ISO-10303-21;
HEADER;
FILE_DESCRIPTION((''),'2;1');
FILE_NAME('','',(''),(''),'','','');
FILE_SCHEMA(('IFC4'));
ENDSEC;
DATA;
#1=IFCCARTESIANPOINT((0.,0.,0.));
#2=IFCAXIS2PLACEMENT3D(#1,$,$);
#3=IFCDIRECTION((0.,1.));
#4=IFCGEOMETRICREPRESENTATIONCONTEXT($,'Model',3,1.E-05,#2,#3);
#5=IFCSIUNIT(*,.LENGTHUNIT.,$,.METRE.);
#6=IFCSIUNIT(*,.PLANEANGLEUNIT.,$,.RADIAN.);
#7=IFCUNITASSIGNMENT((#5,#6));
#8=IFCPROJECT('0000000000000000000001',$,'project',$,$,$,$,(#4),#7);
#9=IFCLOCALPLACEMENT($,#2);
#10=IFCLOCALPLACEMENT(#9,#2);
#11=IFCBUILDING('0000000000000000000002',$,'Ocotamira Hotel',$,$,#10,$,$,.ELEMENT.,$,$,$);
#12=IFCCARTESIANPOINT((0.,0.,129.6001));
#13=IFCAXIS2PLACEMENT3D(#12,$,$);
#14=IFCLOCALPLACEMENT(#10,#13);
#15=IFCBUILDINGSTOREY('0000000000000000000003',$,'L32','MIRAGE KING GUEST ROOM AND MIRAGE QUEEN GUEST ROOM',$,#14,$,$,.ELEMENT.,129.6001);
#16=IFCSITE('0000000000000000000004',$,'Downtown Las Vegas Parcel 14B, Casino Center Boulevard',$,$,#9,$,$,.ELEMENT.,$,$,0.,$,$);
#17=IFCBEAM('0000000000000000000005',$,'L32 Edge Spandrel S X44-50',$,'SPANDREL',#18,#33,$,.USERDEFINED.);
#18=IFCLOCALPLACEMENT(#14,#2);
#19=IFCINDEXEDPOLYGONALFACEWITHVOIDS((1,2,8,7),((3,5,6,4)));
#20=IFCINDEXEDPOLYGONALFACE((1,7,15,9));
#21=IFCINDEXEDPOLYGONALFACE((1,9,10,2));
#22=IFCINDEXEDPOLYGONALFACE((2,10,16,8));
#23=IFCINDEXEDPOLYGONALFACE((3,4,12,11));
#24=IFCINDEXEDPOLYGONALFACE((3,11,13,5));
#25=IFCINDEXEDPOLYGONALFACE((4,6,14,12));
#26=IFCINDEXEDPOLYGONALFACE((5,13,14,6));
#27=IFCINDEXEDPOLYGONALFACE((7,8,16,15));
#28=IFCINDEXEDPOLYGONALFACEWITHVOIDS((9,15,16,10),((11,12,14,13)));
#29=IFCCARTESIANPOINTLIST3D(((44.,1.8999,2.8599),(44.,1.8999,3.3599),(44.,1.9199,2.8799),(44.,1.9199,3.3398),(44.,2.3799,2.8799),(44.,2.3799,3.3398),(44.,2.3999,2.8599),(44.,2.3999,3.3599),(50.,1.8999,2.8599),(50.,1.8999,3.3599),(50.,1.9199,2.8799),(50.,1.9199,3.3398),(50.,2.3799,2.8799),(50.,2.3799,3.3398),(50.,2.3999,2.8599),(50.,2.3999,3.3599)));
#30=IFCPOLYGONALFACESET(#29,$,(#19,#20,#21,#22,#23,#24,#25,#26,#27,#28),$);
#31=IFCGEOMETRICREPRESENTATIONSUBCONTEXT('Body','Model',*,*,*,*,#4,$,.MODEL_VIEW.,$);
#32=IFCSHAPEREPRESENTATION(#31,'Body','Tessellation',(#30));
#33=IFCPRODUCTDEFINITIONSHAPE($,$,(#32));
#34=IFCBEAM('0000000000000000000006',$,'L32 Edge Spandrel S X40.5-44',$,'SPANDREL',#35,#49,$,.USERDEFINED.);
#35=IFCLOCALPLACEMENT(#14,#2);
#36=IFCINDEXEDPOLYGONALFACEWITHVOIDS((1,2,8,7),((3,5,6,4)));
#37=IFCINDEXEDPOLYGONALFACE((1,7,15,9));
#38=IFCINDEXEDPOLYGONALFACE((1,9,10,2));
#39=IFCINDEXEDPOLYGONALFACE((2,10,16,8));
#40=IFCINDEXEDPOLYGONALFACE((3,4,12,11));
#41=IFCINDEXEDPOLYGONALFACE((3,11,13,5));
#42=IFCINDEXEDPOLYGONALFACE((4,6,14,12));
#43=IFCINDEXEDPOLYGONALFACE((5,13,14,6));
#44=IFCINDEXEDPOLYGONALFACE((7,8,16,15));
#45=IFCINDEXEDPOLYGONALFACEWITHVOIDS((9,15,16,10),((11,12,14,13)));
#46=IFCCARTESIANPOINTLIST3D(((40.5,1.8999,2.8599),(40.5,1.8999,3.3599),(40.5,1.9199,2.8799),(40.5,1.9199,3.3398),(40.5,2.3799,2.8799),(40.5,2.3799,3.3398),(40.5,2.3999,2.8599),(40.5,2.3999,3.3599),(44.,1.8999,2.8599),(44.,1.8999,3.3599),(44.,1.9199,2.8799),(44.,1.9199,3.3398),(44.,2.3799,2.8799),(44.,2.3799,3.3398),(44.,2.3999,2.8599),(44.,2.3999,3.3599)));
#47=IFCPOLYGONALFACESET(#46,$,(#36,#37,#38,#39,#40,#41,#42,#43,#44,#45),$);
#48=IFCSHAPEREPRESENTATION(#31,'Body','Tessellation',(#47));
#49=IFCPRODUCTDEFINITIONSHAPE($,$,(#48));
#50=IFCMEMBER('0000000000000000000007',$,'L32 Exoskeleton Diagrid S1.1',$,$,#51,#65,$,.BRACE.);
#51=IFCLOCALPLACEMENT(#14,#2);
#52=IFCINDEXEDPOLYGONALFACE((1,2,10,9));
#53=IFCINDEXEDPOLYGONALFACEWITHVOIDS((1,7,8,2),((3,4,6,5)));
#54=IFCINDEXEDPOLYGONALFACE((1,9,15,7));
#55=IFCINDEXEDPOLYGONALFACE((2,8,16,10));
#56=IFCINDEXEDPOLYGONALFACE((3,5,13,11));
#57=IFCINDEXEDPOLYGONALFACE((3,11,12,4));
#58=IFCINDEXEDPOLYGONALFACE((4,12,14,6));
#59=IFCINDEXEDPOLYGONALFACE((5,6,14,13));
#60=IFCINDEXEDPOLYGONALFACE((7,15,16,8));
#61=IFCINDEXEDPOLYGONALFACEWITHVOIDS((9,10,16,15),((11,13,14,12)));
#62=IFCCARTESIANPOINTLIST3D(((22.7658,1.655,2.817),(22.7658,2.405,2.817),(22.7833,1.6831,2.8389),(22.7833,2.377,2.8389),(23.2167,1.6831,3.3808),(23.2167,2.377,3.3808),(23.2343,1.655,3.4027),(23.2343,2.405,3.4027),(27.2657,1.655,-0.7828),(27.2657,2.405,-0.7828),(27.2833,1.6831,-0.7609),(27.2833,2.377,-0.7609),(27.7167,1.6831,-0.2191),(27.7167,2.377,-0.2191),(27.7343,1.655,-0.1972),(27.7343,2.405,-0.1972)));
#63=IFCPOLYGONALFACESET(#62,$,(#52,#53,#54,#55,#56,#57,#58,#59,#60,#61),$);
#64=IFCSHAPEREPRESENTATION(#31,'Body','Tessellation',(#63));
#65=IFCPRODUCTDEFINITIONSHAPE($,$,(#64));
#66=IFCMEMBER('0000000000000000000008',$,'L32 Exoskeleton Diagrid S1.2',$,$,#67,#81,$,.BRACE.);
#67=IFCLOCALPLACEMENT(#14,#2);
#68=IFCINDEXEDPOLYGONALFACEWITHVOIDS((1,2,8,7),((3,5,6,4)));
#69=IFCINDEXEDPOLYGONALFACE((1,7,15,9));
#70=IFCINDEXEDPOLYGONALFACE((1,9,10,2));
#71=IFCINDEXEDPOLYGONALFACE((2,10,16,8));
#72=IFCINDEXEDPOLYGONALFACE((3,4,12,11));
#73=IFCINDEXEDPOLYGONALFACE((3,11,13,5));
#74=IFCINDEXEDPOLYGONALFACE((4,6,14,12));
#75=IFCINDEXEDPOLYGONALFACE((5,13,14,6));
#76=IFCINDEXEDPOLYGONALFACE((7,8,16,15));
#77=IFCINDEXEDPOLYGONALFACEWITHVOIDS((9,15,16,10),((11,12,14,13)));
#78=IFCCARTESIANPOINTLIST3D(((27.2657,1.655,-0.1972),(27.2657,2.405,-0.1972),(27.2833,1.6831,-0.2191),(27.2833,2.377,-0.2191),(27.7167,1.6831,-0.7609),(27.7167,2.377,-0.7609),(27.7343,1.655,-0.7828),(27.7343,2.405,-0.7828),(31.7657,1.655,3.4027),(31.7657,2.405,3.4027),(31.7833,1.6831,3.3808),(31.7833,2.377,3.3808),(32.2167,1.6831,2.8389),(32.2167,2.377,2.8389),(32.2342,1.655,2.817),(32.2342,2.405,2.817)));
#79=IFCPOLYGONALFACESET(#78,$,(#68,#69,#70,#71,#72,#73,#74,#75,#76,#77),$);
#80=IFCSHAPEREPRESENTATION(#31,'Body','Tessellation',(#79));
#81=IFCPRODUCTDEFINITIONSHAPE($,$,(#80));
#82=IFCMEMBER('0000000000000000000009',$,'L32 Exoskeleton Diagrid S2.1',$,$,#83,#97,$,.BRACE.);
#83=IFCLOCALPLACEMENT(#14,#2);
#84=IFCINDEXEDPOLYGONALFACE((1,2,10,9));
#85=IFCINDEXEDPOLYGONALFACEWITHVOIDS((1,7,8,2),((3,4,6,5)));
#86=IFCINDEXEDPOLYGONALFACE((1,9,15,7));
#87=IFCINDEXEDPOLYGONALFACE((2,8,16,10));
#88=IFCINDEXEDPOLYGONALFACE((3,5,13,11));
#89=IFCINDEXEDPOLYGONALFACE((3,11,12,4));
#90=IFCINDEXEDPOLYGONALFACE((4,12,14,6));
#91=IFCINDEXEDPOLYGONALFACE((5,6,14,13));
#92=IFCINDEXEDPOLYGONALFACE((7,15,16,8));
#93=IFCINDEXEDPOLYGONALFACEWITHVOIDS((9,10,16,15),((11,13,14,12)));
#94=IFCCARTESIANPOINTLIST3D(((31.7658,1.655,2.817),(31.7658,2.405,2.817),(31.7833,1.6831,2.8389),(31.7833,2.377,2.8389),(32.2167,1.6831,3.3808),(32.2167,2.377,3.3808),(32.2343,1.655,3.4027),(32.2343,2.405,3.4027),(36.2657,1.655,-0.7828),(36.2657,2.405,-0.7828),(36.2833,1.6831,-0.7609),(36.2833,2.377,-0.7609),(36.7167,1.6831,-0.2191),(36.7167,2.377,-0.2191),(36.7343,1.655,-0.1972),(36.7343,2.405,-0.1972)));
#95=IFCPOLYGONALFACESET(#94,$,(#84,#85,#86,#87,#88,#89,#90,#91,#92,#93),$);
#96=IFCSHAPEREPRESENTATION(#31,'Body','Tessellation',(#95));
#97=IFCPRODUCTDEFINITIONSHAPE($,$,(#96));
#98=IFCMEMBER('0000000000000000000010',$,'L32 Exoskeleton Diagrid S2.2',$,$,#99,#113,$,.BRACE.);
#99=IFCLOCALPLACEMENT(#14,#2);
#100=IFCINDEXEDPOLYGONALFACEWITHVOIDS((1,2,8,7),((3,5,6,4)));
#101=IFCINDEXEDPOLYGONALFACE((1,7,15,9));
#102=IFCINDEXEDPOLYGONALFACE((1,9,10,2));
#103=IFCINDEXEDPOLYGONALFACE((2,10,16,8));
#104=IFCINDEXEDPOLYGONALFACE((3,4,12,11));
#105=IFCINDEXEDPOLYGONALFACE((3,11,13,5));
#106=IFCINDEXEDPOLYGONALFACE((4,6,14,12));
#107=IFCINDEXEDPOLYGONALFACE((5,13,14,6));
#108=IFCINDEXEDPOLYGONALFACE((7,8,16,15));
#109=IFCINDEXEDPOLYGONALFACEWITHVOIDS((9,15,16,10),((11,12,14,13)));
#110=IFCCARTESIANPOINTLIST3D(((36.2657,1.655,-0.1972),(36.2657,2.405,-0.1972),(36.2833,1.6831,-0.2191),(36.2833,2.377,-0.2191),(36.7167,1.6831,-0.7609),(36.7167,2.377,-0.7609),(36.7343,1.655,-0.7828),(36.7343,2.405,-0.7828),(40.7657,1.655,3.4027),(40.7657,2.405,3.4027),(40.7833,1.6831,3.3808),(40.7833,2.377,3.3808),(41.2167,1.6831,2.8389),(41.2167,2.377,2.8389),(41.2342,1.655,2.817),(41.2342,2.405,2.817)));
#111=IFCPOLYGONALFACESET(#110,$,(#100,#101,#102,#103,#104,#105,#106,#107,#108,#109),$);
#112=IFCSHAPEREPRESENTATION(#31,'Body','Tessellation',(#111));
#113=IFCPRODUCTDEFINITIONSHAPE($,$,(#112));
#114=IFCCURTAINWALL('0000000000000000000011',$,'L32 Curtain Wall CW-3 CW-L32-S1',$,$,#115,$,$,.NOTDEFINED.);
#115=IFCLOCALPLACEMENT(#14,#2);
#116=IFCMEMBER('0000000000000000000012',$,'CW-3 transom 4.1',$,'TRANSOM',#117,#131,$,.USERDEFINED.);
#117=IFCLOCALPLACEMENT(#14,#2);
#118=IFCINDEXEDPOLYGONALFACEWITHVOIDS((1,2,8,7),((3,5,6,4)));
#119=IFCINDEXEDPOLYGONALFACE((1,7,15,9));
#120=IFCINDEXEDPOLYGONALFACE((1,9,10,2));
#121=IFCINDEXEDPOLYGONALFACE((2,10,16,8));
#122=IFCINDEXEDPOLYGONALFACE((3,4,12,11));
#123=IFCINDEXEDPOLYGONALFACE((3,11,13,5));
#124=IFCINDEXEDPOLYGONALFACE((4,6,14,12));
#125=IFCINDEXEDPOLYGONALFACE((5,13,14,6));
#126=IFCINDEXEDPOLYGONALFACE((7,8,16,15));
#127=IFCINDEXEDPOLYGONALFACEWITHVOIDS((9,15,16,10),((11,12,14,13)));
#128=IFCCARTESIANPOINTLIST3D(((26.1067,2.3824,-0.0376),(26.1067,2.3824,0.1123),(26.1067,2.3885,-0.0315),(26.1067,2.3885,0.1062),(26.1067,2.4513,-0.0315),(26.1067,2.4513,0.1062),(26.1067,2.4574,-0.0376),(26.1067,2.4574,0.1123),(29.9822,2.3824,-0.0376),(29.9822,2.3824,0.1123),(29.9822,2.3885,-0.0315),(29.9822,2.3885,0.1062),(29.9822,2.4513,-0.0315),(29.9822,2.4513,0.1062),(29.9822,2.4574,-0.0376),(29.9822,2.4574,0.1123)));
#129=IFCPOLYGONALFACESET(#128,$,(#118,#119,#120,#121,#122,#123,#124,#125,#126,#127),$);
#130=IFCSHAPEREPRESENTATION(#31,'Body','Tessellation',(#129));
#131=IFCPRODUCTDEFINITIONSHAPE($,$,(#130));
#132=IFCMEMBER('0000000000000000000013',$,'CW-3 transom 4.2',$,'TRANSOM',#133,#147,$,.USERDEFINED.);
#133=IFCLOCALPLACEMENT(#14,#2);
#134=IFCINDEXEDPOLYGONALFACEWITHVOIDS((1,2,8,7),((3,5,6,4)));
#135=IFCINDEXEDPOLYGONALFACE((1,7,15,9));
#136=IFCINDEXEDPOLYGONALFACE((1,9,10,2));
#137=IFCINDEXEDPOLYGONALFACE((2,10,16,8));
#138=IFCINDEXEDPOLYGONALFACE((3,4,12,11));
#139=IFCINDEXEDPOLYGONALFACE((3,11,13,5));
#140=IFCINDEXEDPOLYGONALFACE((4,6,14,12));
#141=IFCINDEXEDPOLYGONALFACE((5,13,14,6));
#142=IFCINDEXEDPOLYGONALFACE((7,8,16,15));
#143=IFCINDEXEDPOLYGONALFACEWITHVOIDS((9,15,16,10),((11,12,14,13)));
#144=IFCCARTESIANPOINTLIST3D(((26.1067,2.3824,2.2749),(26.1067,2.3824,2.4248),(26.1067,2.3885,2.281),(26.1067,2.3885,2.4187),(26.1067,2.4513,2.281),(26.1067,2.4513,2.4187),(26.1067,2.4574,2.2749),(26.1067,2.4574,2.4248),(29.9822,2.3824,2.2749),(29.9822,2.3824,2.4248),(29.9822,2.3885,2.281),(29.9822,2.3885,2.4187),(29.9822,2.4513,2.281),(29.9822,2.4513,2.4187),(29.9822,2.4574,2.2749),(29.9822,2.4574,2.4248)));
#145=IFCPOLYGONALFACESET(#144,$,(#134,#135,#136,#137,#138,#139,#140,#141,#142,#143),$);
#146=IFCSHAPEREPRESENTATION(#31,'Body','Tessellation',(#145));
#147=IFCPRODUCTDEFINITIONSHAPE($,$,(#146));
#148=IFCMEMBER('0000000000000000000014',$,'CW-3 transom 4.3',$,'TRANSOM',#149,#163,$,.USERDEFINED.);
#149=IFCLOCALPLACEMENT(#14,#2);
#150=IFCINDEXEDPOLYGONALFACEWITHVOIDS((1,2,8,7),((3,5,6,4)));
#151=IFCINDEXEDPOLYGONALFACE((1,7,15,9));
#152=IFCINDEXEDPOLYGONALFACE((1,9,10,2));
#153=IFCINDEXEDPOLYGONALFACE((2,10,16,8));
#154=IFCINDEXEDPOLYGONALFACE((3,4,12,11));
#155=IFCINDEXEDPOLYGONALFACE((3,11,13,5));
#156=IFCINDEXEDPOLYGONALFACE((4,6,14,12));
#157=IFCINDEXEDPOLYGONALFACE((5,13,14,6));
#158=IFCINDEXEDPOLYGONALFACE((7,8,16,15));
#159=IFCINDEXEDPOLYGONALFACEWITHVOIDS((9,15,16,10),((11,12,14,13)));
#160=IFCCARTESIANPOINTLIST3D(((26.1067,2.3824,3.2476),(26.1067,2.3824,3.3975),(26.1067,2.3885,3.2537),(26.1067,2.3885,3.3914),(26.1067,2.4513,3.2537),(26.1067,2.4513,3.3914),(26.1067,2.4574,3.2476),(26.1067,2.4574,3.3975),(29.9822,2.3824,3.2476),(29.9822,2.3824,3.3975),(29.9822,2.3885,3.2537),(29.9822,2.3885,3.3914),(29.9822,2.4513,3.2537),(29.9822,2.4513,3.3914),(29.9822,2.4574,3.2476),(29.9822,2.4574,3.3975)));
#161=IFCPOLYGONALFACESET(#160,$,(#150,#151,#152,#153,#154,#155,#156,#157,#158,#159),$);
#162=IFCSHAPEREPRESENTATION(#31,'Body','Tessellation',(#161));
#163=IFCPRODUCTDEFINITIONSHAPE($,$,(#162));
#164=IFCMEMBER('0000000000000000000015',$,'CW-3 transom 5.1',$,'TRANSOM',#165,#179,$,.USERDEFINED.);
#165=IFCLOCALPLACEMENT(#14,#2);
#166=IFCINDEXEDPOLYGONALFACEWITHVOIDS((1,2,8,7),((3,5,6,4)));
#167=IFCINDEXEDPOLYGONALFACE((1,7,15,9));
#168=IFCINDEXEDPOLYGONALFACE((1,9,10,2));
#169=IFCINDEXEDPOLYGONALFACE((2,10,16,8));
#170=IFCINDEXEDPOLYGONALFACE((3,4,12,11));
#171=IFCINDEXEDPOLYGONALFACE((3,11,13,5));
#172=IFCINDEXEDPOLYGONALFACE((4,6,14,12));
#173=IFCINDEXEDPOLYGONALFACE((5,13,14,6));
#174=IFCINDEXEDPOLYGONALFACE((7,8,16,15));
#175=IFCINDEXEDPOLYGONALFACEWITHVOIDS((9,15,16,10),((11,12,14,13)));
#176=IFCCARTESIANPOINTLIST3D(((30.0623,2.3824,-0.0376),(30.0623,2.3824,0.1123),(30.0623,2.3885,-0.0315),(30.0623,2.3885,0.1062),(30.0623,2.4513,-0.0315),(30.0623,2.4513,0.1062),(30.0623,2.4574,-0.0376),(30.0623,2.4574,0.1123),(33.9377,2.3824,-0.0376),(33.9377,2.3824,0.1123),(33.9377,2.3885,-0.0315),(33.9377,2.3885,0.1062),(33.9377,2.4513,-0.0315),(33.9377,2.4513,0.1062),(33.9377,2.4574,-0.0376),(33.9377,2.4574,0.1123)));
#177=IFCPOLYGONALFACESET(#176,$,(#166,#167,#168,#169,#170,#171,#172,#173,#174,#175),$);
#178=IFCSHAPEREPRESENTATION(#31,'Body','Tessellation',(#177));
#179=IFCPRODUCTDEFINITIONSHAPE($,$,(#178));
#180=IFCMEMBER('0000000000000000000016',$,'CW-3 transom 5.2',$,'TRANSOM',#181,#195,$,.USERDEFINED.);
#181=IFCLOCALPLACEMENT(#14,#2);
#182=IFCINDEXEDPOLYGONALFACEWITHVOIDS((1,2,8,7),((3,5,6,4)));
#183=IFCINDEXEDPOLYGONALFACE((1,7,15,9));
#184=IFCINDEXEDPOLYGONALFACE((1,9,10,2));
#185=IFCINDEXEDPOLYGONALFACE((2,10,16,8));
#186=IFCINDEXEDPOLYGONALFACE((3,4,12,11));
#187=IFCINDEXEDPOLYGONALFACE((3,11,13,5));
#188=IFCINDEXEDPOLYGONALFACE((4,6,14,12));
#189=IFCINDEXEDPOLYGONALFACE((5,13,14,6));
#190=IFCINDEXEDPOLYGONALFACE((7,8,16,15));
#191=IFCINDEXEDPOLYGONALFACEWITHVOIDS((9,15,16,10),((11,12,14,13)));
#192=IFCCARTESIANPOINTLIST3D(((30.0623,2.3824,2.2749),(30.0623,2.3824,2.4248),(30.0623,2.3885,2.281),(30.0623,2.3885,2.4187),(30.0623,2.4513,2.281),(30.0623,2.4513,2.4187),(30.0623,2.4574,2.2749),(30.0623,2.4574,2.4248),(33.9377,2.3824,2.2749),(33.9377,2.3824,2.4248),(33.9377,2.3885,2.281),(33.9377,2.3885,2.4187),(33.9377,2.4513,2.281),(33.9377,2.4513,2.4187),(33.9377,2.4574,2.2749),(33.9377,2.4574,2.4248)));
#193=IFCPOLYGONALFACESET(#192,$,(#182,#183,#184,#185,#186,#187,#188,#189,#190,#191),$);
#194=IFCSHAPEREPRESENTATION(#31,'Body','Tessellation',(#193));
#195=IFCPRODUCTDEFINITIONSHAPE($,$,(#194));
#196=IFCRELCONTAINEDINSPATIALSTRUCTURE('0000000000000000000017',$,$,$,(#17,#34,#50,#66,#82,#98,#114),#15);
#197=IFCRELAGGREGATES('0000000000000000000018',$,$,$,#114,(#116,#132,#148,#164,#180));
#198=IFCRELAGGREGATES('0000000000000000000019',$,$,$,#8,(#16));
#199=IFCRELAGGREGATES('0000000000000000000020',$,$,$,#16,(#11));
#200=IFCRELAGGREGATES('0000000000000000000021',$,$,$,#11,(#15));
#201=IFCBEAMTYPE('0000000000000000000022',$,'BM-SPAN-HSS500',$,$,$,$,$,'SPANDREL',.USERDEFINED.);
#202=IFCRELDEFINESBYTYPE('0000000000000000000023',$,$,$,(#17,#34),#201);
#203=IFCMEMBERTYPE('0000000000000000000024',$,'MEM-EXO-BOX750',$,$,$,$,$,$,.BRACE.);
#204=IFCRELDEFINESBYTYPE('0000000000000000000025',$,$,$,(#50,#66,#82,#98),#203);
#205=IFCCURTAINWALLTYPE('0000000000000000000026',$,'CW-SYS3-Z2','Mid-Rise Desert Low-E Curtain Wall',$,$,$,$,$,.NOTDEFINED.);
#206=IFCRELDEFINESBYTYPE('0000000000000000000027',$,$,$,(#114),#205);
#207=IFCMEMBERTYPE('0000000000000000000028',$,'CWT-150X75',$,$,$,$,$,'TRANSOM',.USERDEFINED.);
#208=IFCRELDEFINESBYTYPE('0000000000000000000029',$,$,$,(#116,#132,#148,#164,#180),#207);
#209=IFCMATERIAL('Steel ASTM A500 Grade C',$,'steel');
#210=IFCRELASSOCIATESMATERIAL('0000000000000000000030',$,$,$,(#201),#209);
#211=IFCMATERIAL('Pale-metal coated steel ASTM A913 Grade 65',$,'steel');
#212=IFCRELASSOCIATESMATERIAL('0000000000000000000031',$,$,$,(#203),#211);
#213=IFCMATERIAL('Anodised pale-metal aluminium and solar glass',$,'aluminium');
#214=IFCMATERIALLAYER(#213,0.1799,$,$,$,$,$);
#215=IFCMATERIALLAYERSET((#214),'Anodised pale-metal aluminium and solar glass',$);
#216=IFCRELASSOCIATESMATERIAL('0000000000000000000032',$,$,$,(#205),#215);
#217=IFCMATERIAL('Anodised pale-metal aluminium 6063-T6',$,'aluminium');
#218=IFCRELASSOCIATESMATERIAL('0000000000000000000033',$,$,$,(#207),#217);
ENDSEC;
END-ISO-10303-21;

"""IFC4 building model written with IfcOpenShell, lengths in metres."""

from ifc_helpers import new_model, si_unit, direction, frame, origin, origin_2d, place, context, subcontext, project, spatial, hollow_rectangle, extrude, source, transform, mapped, material, layer, layer_set, material_profile, profile_set, type_object, element, aggregate, save


model = new_model("IFC4")

# Units and contexts
model_context = context("Model", 3, precision=1e-05, world=origin(), true_north=direction((0.0, 1.0)))
body_context = subcontext(model_context, "Body", "Model", "MODEL_VIEW")
ifc_project = project(units=[si_unit("LENGTHUNIT", "METRE"), si_unit("PLANEANGLEUNIT", "RADIAN")], contexts=[model_context])

# Site, building, storey
site_placement = place(None, origin())
site = spatial("IfcSite", under=ifc_project, at=site_placement, Name="Downtown Las Vegas Parcel 14B, Casino Center Boulevard", CompositionType="ELEMENT", RefElevation=0.0)
building_placement = place(site_placement, origin())
building = spatial("IfcBuilding", under=site, at=building_placement, Name="Ocotamira Hotel", CompositionType="ELEMENT")
storey_placement = place(building_placement, frame((0.0, 0.0, 129.6001)))
storey = spatial("IfcBuildingStorey", under=building, at=storey_placement, Name="L32", Description="MIRAGE KING GUEST ROOM AND MIRAGE QUEEN GUEST ROOM", CompositionType="ELEMENT", Elevation=129.6001)

# Beams
ifc_material_1 = material(Name="Steel ASTM A500 Grade C", Category="steel")
ifc_material_profile_1 = material_profile(ifc_material_1, hollow_rectangle(XDim=0.5, YDim=0.5, WallThickness=0.02, at=origin_2d()), Name="HSS500X500X20")
ifc_profile_set_1 = profile_set([ifc_material_profile_1], Name="Steel ASTM A500 Grade C")
beam_type = type_object("IfcBeamType", Name="BM-SPAN-HSS500", ElementType="SPANDREL", PredefinedType="USERDEFINED", material=ifc_profile_set_1)
shared_shape_1 = source(origin(), body_context, "Body", "SweptSolid", [
    extrude(hollow_rectangle(XDim=0.5, YDim=0.5, WallThickness=0.02, at=origin_2d()), origin(), (0.0, 0.0, 1.0), 6.0),
])
beam_1_placement = place(storey_placement, frame((44.0, 2.1499, 3.1099), z_axis=(1.0, 0.0, 0.0), x_axis=(0.0, 1.0, 0.0)))
element("IfcBeam", 1, at=beam_1_placement, inside=storey, type_object=beam_type, Name="L32 Edge Spandrel S X44-50", ObjectType="SPANDREL", PredefinedType="USERDEFINED", context=body_context, shape_type="MappedRepresentation", body=[
    mapped(shared_shape_1, transform((0.0, 0.0, 0.0), scale=1.0)),
])
shared_shape_2 = source(origin(), body_context, "Body", "SweptSolid", [
    extrude(hollow_rectangle(XDim=0.5, YDim=0.5, WallThickness=0.02, at=origin_2d()), origin(), (0.0, 0.0, 1.0), 3.5),
])
beam_2_placement = place(storey_placement, frame((40.5, 2.1499, 3.1099), z_axis=(1.0, 0.0, 0.0), x_axis=(0.0, 1.0, 0.0)))
element("IfcBeam", 2, at=beam_2_placement, inside=storey, type_object=beam_type, Name="L32 Edge Spandrel S X40.5-44", ObjectType="SPANDREL", PredefinedType="USERDEFINED", context=body_context, shape_type="MappedRepresentation", body=[
    mapped(shared_shape_2, transform((0.0, 0.0, 0.0), scale=1.0)),
])

# Members
ifc_material_2 = material(Name="Pale-metal coated steel ASTM A913 Grade 65", Category="steel")
ifc_material_profile_2 = material_profile(ifc_material_2, hollow_rectangle(XDim=0.75, YDim=0.75, WallThickness=0.0281, at=origin_2d()), Name="BOX750X750X28")
ifc_profile_set_2 = profile_set([ifc_material_profile_2], Name="Pale-metal coated steel ASTM A913 Grade 65")
member_type_1 = type_object("IfcMemberType", Name="MEM-EXO-BOX750", PredefinedType="BRACE", material=ifc_profile_set_2)
shared_shape_3 = source(origin(), body_context, "Body", "SweptSolid", [
    extrude(hollow_rectangle(XDim=0.75, YDim=0.75, WallThickness=0.0281, at=origin_2d()), origin(), (0.0, 0.0, 1.0), 5.7627),
])
for number, where, z_axis, x_axis, name in (
    (3, (27.5, 2.03, -0.49), (-0.780881, 0.0, 0.62468), (0.0, -1.0, 0.0), "L32 Exoskeleton Diagrid S1.1"),
    (4, (27.5, 2.03, -0.49), (0.780881, 0.0, 0.62468), (0.0, 1.0, 0.0), "L32 Exoskeleton Diagrid S1.2"),
    (5, (36.5, 2.03, -0.49), (-0.780881, 0.0, 0.62468), (0.0, -1.0, 0.0), "L32 Exoskeleton Diagrid S2.1"),
    (6, (36.5, 2.03, -0.49), (0.780881, 0.0, 0.62468), (0.0, 1.0, 0.0), "L32 Exoskeleton Diagrid S2.2"),
):
    element("IfcMember", number, at=place(storey_placement, frame(where, z_axis=z_axis, x_axis=x_axis)), inside=storey, type_object=member_type_1, Name=name, PredefinedType="BRACE", context=body_context, shape_type="MappedRepresentation", body=[
        mapped(shared_shape_3, transform((0.0, 0.0, 0.0), scale=1.0)),
    ])

# Curtain wall, members
ifc_material_3 = material(Name="Anodised pale-metal aluminium and solar glass", Category="aluminium")
ifc_layer_1 = layer(ifc_material_3, 0.1799)
ifc_layer_set_1 = layer_set([ifc_layer_1], Name="Anodised pale-metal aluminium and solar glass")
curtain_wall_type = type_object("IfcCurtainWallType", Name="CW-SYS3-Z2", Description="Mid-Rise Desert Low-E Curtain Wall", PredefinedType="NOTDEFINED", material=ifc_layer_set_1)
curtain_wall_placement = place(storey_placement, origin())
curtain_wall = element("IfcCurtainWall", 7, at=curtain_wall_placement, inside=storey, type_object=curtain_wall_type, Name="L32 Curtain Wall CW-3 CW-L32-S1", PredefinedType="NOTDEFINED")
ifc_material_4 = material(Name="Anodised pale-metal aluminium 6063-T6", Category="aluminium")
ifc_material_profile_3 = material_profile(ifc_material_4, hollow_rectangle(XDim=0.075, YDim=0.1499, WallThickness=0.0061, at=origin_2d()), Name="HSS150X75X6")
ifc_profile_set_3 = profile_set([ifc_material_profile_3], Name="Anodised pale-metal aluminium 6063-T6")
member_type_2 = type_object("IfcMemberType", Name="CWT-150X75", ElementType="TRANSOM", PredefinedType="USERDEFINED", material=ifc_profile_set_3)
shared_shape_4 = source(origin(), body_context, "Body", "SweptSolid", [
    extrude(hollow_rectangle(XDim=0.075, YDim=0.1499, WallThickness=0.0061, at=origin_2d()), origin(), (0.0, 0.0, 1.0), 3.8755),
])
member_1_placement = place(storey_placement, frame((26.1067, 2.4199, 0.0374), z_axis=(1.0, 0.0, 0.0), x_axis=(0.0, 1.0, 0.0)))
member_1 = element("IfcMember", 8, at=member_1_placement, type_object=member_type_2, Name="CW-3 transom 4.1", ObjectType="TRANSOM", PredefinedType="USERDEFINED", context=body_context, shape_type="MappedRepresentation", body=[
    mapped(shared_shape_4, transform((0.0, 0.0, 0.0), scale=1.0)),
])
member_2_placement = place(storey_placement, frame((26.1067, 2.4199, 2.3499), z_axis=(1.0, 0.0, 0.0), x_axis=(0.0, 1.0, 0.0)))
member_2 = element("IfcMember", 9, at=member_2_placement, type_object=member_type_2, Name="CW-3 transom 4.2", ObjectType="TRANSOM", PredefinedType="USERDEFINED", context=body_context, shape_type="MappedRepresentation", body=[
    mapped(shared_shape_4, transform((0.0, 0.0, 0.0), scale=1.0)),
])
member_3_placement = place(storey_placement, frame((26.1067, 2.4199, 3.3225), z_axis=(1.0, 0.0, 0.0), x_axis=(0.0, 1.0, 0.0)))
member_3 = element("IfcMember", 10, at=member_3_placement, type_object=member_type_2, Name="CW-3 transom 4.3", ObjectType="TRANSOM", PredefinedType="USERDEFINED", context=body_context, shape_type="MappedRepresentation", body=[
    mapped(shared_shape_4, transform((0.0, 0.0, 0.0), scale=1.0)),
])
member_4_placement = place(storey_placement, frame((30.0623, 2.4199, 0.0374), z_axis=(1.0, 0.0, 0.0), x_axis=(0.0, 1.0, 0.0)))
member_4 = element("IfcMember", 11, at=member_4_placement, type_object=member_type_2, Name="CW-3 transom 5.1", ObjectType="TRANSOM", PredefinedType="USERDEFINED", context=body_context, shape_type="MappedRepresentation", body=[
    mapped(shared_shape_4, transform((0.0, 0.0, 0.0), scale=1.0)),
])
member_5_placement = place(storey_placement, frame((30.0623, 2.4199, 2.3499), z_axis=(1.0, 0.0, 0.0), x_axis=(0.0, 1.0, 0.0)))
member_5 = element("IfcMember", 12, at=member_5_placement, type_object=member_type_2, Name="CW-3 transom 5.2", ObjectType="TRANSOM", PredefinedType="USERDEFINED", context=body_context, shape_type="MappedRepresentation", body=[
    mapped(shared_shape_4, transform((0.0, 0.0, 0.0), scale=1.0)),
])

aggregate(curtain_wall, [member_1, member_2, member_3, member_4, member_5])

save(model, "model.ifc")
